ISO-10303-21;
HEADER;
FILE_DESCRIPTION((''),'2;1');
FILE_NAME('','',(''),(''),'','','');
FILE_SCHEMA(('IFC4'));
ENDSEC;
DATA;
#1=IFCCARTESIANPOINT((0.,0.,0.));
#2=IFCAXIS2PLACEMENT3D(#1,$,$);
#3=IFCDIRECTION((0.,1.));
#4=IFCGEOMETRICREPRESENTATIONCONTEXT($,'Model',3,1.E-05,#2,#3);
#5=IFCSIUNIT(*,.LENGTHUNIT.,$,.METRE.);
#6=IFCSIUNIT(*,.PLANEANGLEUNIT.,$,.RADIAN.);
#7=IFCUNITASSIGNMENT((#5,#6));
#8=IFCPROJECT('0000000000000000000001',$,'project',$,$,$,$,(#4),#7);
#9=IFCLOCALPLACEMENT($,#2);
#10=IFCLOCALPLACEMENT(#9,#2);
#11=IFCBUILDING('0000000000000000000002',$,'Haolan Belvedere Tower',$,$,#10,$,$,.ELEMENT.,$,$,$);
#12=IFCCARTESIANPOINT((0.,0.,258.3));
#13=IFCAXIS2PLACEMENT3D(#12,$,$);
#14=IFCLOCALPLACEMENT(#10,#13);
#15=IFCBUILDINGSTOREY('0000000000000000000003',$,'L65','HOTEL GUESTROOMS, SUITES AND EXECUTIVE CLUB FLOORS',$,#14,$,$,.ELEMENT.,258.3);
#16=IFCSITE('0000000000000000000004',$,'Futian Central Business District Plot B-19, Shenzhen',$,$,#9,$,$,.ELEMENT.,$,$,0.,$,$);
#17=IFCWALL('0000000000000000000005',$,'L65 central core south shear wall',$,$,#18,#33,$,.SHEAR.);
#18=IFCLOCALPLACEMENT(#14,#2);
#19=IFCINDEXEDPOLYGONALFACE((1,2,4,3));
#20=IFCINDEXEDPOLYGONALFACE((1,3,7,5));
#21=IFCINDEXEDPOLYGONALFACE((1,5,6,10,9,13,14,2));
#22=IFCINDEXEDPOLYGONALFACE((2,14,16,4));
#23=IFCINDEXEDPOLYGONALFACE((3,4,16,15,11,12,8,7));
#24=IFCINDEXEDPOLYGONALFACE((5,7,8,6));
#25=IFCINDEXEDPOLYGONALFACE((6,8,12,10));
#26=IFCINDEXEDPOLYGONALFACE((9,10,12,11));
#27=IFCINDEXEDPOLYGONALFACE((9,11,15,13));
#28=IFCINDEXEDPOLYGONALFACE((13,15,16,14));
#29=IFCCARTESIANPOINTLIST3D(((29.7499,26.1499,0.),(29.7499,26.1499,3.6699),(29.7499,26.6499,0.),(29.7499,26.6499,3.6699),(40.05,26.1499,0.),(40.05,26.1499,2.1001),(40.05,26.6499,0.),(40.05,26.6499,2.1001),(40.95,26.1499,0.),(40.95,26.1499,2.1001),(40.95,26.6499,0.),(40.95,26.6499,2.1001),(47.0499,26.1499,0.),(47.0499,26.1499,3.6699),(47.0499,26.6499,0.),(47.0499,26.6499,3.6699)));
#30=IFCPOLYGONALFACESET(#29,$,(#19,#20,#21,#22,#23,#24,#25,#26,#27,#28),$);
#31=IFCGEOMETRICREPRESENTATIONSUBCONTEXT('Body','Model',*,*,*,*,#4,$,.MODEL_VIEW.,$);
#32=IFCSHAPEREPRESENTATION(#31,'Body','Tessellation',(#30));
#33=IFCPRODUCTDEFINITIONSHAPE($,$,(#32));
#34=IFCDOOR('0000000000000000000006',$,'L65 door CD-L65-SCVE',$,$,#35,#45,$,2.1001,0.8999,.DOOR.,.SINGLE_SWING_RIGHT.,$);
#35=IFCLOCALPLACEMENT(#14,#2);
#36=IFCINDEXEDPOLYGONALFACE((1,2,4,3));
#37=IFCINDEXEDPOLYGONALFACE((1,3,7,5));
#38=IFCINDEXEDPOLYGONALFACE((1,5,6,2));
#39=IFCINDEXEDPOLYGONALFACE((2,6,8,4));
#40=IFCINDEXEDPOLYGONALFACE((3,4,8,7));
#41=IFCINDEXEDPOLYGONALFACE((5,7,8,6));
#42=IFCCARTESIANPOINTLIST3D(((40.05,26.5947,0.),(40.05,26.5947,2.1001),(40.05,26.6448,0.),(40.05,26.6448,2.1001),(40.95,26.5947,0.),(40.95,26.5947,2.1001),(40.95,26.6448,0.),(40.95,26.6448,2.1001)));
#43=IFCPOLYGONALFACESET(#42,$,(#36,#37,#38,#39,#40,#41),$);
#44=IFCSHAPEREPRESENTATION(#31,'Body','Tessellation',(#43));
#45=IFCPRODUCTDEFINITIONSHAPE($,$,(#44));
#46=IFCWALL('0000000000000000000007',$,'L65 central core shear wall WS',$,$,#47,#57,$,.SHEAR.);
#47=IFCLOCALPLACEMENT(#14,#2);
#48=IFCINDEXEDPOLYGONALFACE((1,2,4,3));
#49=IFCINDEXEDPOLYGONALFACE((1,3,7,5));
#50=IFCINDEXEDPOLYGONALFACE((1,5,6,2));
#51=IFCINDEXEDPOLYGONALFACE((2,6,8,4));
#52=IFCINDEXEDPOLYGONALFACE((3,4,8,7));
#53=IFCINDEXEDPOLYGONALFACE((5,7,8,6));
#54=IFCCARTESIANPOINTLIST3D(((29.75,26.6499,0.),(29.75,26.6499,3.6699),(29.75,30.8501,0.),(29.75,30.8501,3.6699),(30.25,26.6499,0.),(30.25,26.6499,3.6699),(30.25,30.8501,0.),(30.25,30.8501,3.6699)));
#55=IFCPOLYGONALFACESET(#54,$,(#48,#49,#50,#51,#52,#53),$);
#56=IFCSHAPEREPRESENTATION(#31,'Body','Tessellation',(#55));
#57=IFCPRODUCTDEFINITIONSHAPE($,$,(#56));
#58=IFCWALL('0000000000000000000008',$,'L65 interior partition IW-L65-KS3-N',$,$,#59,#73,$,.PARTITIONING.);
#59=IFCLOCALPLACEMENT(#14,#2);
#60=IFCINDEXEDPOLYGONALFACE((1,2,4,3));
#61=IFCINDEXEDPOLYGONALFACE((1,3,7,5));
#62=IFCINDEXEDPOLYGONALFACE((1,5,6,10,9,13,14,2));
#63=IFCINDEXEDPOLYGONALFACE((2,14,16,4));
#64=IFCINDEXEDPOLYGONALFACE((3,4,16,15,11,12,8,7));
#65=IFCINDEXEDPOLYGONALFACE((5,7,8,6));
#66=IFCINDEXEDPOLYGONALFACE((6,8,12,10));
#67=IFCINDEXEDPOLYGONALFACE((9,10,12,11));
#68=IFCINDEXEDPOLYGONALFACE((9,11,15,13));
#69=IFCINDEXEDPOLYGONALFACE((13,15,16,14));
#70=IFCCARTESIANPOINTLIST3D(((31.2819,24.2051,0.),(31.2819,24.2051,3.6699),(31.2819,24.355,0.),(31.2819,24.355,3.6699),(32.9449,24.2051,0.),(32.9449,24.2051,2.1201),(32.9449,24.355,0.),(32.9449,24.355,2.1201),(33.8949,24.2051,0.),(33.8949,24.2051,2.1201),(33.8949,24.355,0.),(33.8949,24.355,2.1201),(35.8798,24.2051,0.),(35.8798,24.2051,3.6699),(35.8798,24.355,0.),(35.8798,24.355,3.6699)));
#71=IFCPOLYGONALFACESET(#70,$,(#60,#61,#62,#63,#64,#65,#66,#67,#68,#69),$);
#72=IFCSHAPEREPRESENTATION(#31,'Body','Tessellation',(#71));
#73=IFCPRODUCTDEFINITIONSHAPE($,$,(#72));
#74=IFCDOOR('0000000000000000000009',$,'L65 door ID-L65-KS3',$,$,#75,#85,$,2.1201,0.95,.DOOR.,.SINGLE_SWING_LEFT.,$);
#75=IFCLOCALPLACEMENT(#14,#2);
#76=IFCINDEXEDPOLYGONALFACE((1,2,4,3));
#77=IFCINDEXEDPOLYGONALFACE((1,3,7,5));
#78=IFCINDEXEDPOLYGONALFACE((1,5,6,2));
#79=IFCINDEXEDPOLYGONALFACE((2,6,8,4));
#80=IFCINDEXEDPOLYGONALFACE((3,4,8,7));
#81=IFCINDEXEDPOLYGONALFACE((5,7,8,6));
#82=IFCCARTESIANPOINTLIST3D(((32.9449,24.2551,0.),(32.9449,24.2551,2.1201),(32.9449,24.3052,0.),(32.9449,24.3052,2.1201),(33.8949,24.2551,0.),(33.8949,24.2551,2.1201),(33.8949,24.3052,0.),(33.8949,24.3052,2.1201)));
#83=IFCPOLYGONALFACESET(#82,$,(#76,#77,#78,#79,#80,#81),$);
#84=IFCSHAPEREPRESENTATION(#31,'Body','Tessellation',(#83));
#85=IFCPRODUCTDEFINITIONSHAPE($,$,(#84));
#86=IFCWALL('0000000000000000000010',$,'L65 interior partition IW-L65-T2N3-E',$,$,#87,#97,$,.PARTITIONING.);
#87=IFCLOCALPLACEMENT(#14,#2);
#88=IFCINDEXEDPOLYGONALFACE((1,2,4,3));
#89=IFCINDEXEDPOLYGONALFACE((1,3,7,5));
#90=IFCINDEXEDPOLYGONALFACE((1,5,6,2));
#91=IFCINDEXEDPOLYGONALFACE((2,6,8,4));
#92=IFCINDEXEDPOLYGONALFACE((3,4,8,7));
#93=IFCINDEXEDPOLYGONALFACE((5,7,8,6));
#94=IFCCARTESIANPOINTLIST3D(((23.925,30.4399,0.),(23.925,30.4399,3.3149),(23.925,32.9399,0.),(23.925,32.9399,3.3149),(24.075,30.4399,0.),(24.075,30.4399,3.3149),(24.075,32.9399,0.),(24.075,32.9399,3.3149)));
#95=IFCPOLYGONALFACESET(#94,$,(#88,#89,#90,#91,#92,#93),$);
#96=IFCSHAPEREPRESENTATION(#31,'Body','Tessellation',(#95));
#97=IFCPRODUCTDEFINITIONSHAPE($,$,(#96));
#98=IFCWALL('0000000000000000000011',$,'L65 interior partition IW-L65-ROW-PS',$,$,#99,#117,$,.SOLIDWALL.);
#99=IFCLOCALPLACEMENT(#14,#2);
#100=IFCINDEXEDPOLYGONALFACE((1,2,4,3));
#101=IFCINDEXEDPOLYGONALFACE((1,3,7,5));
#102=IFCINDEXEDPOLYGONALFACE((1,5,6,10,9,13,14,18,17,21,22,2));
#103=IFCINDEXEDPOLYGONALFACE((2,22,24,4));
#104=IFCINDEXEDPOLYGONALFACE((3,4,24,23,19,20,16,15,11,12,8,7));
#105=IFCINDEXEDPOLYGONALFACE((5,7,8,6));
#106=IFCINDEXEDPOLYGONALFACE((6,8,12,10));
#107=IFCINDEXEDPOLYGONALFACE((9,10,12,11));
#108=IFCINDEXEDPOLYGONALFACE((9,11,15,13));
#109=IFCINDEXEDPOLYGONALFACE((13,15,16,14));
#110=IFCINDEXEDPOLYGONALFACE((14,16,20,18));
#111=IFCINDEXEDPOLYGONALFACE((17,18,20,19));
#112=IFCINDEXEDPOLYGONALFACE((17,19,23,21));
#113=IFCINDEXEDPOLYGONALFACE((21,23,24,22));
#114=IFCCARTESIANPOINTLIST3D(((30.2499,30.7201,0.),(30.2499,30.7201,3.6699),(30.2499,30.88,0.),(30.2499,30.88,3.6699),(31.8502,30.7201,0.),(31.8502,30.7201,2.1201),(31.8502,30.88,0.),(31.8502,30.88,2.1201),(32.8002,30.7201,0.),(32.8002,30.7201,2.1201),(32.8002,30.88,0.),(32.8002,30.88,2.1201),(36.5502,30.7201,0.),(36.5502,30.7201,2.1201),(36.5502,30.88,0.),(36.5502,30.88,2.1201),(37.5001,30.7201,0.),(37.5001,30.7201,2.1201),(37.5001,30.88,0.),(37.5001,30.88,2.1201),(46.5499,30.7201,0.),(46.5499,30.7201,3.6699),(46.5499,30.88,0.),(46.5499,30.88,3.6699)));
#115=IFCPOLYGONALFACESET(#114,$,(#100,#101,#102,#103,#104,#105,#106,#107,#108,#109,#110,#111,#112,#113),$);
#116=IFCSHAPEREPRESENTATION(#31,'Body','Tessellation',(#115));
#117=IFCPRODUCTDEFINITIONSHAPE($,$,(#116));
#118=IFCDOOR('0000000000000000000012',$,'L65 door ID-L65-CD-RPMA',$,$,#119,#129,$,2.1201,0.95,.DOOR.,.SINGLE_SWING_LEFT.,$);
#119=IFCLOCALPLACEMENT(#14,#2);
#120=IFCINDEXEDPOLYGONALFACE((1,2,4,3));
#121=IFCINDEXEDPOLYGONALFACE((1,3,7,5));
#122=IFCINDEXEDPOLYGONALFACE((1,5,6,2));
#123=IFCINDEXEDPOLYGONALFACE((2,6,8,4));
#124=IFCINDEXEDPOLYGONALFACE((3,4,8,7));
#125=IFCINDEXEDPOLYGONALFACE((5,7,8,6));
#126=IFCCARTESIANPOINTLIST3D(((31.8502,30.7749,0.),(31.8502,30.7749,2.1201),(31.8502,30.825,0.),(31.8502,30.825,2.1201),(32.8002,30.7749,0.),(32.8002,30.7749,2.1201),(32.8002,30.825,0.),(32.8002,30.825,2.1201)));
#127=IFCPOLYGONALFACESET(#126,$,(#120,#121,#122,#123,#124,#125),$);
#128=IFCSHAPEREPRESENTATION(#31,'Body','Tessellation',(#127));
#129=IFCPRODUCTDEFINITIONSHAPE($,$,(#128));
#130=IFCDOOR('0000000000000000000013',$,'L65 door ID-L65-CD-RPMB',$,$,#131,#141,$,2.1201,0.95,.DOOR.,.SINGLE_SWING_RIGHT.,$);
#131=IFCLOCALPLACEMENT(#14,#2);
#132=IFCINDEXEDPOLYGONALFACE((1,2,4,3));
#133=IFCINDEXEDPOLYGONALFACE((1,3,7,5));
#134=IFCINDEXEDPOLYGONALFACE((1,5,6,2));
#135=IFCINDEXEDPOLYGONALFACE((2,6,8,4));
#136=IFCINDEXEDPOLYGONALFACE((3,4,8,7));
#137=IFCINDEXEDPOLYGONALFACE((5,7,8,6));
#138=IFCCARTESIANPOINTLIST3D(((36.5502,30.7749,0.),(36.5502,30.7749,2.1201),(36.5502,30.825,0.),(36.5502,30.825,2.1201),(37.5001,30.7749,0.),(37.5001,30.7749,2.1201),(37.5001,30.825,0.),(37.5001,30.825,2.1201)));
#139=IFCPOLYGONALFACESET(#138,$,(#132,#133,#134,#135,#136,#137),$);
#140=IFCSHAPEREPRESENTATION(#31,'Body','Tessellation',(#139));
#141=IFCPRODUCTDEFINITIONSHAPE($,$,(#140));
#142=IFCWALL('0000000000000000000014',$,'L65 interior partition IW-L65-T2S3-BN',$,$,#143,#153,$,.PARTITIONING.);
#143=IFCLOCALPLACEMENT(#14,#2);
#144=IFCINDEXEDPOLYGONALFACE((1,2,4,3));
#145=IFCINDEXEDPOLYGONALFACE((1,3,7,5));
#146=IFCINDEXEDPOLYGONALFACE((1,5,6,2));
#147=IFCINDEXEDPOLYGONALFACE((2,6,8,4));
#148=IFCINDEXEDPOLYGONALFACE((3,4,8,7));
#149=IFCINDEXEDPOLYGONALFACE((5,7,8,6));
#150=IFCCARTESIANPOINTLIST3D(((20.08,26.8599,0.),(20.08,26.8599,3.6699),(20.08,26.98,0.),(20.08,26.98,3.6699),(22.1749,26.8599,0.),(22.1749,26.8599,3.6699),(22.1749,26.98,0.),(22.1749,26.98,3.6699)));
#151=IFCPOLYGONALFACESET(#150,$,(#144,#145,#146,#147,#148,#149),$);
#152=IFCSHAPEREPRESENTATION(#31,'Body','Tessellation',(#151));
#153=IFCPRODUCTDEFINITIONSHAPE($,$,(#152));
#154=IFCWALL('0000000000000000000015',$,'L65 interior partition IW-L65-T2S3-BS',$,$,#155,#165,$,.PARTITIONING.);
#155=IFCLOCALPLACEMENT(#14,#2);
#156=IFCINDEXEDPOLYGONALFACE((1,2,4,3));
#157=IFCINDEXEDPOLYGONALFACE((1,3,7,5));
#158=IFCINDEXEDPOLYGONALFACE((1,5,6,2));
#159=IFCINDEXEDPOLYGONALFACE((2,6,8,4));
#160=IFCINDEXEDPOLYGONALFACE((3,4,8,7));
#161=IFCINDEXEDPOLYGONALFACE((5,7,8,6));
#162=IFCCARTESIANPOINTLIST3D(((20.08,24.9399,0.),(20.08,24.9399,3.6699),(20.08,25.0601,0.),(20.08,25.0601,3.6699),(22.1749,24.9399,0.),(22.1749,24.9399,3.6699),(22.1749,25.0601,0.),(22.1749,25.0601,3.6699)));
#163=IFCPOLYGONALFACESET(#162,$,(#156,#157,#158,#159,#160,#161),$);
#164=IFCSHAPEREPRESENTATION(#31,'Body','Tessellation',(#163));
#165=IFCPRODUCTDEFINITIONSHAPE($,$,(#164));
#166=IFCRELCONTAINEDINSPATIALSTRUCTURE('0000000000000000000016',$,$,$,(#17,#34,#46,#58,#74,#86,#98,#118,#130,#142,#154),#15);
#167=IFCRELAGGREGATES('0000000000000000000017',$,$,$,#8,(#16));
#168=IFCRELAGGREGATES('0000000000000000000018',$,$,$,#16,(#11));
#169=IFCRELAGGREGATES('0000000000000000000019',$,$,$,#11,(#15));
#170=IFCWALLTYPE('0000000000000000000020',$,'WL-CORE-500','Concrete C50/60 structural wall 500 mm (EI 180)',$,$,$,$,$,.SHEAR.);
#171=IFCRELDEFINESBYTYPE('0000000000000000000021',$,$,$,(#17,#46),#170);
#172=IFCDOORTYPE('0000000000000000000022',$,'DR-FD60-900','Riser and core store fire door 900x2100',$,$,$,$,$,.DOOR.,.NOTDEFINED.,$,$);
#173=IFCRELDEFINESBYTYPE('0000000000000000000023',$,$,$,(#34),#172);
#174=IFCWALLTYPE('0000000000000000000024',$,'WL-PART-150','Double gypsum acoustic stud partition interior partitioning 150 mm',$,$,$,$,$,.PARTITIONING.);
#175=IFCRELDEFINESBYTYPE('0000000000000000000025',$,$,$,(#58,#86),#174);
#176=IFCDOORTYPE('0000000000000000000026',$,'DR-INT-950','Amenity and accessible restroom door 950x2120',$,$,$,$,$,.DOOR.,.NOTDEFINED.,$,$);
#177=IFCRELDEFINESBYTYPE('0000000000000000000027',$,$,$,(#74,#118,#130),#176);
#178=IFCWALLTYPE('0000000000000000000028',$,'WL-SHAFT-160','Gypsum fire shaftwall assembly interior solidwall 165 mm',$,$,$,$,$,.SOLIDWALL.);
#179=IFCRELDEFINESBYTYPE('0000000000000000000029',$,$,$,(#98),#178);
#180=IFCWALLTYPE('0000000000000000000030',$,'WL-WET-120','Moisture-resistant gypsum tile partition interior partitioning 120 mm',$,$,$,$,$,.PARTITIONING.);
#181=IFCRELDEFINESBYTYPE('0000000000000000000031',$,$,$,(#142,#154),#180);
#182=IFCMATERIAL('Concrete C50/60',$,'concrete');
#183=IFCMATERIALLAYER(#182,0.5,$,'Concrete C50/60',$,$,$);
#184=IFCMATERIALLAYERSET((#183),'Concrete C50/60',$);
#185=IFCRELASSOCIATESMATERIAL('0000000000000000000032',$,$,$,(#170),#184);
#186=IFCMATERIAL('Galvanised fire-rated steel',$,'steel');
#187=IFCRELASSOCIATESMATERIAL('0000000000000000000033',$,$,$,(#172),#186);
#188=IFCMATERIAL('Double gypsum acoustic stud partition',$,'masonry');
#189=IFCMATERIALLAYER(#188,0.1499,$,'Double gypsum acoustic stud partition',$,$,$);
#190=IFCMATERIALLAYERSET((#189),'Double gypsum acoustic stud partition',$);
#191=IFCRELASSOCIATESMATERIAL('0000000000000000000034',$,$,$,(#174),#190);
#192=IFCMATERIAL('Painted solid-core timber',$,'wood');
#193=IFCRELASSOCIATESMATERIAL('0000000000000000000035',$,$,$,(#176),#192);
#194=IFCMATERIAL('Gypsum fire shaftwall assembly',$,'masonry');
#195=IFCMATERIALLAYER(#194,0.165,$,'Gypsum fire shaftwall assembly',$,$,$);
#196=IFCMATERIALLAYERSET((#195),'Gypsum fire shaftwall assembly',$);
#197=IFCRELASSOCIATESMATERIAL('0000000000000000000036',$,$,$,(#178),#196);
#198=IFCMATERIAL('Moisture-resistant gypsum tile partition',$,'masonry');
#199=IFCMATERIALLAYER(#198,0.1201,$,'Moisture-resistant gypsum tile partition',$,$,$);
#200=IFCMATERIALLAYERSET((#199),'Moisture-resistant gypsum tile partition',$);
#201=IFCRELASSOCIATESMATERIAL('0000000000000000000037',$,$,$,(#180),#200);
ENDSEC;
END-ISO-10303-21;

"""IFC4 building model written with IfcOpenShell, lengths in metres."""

from ifc_helpers import new_model, si_unit, direction, frame, frame_2d, origin, place, context, subcontext, project, spatial, rectangle, extrude, material, layer, layer_set, type_object, element, fill, save


model = new_model("IFC4")

# Units and contexts
model_context = context("Model", 3, precision=1e-05, world=origin(), true_north=direction((0.0, 1.0)))
body_context = subcontext(model_context, "Body", "Model", "MODEL_VIEW")
ifc_project = project(units=[si_unit("LENGTHUNIT", "METRE"), si_unit("PLANEANGLEUNIT", "RADIAN")], contexts=[model_context])

# Site, building, storey
site_placement = place(None, origin())
site = spatial("IfcSite", under=ifc_project, at=site_placement, Name="Futian Central Business District Plot B-19, Shenzhen", CompositionType="ELEMENT", RefElevation=0.0)
building_placement = place(site_placement, origin())
building = spatial("IfcBuilding", under=site, at=building_placement, Name="Haolan Belvedere Tower", CompositionType="ELEMENT")
storey_placement = place(building_placement, frame((0.0, 0.0, 258.3)))
storey = spatial("IfcBuildingStorey", under=building, at=storey_placement, Name="L65", Description="HOTEL GUESTROOMS, SUITES AND EXECUTIVE CLUB FLOORS", CompositionType="ELEMENT", Elevation=258.3)

# Wall, opening, door
ifc_material_1 = material(Name="Concrete C50/60", Category="concrete")
ifc_layer_1 = layer(ifc_material_1, 0.5, Name="Concrete C50/60")
ifc_layer_set_1 = layer_set([ifc_layer_1], Name="Concrete C50/60")
wall_type_1 = type_object("IfcWallType", Name="WL-CORE-500", Description="Concrete C50/60 structural wall 500 mm (EI 180)", PredefinedType="SHEAR", material=ifc_layer_set_1)
wall_1_placement = place(storey_placement, frame((29.75, 26.3999, 0.0), z_axis=(0.0, 0.0, 1.0), x_axis=(1.0, 0.0, 0.0)))
wall_1 = element("IfcWall", 1, at=wall_1_placement, inside=storey, type_object=wall_type_1, Name="L65 central core south shear wall", PredefinedType="SHEAR", context=body_context, shape_type="SweptSolid", body=[
    extrude(rectangle(XDim=17.3, YDim=0.5, at=frame_2d((8.6499, 0.0))), origin(), (0.0, 0.0, 1.0), 3.6699),
])
opening_1_placement = place(wall_1_placement, frame((11.2, 0.0, 0.0), z_axis=(0.0, 0.0, 1.0), x_axis=(-1.0, 0.0, 0.0)))
opening_1 = element("IfcOpeningElement", 2, at=opening_1_placement, cuts=wall_1, PredefinedType="OPENING", context=body_context, shape_type="SweptSolid", body=[
    extrude(rectangle(XDim=0.8999, YDim=2.1001, at=frame_2d((0.45, 1.05))), frame((0.0, 0.26, 0.0), z_axis=(0.0, -1.0, 0.0), x_axis=(1.0, 0.0, 0.0)), (0.0, 0.0, 1.0), 0.52),
])
ifc_material_2 = material(Name="Galvanised fire-rated steel", Category="steel")
door_type_1 = type_object("IfcDoorType", Name="DR-FD60-900", Description="Riser and core store fire door 900x2100", OperationType="NOTDEFINED", PredefinedType="DOOR", material=ifc_material_2)
door_1_placement = place(opening_1_placement, origin())
door_1 = element("IfcDoor", 3, at=door_1_placement, inside=storey, type_object=door_type_1, Name="L65 door CD-L65-SCVE", OperationType="SINGLE_SWING_RIGHT", OverallHeight=2.1001, OverallWidth=0.8999, PredefinedType="DOOR", context=body_context, shape_type="SweptSolid", body=[
    extrude(rectangle(XDim=0.8999, YDim=2.1001, at=frame_2d((0.45, 1.05))), frame((0.0, -0.1948, 0.0), z_axis=(0.0, -1.0, 0.0), x_axis=(1.0, 0.0, 0.0)), (0.0, 0.0, 1.0), 0.05),
])
fill(opening_1, door_1)

# Wall
wall_2_placement = place(storey_placement, frame((30.0, 26.6499, 0.0), z_axis=(0.0, 0.0, 1.0), x_axis=(0.0, 1.0, 0.0)))
element("IfcWall", 4, at=wall_2_placement, inside=storey, type_object=wall_type_1, Name="L65 central core shear wall WS", PredefinedType="SHEAR", context=body_context, shape_type="SweptSolid", body=[
    extrude(rectangle(XDim=4.2002, YDim=0.5, at=frame_2d((2.1001, 0.0))), origin(), (0.0, 0.0, 1.0), 3.6699),
])

# Wall, opening, door
ifc_material_3 = material(Name="Double gypsum acoustic stud partition", Category="masonry")
ifc_layer_2 = layer(ifc_material_3, 0.1499, Name="Double gypsum acoustic stud partition")
ifc_layer_set_2 = layer_set([ifc_layer_2], Name="Double gypsum acoustic stud partition")
wall_type_2 = type_object("IfcWallType", Name="WL-PART-150", Description="Double gypsum acoustic stud partition interior partitioning 150 mm", PredefinedType="PARTITIONING", material=ifc_layer_set_2)
ifc_material_4 = material(Name="Painted solid-core timber", Category="wood")
door_type_2 = type_object("IfcDoorType", Name="DR-INT-950", Description="Amenity and accessible restroom door 950x2120", OperationType="NOTDEFINED", PredefinedType="DOOR", material=ifc_material_4)
wall_3_placement = place(storey_placement, frame((31.282, 24.28, 0.0), z_axis=(0.0, 0.0, 1.0), x_axis=(1.0, 0.0, 0.0)))
wall_3 = element("IfcWall", 5, at=wall_3_placement, inside=storey, type_object=wall_type_2, Name="L65 interior partition IW-L65-KS3-N", PredefinedType="PARTITIONING", context=body_context, shape_type="SweptSolid", body=[
    extrude(rectangle(XDim=4.5979, YDim=0.1499, at=frame_2d((2.2988, 0.0))), origin(), (0.0, 0.0, 1.0), 3.6699),
])
opening_2_placement = place(wall_3_placement, frame((2.613, 0.0, 0.0), z_axis=(0.0, 0.0, 1.0), x_axis=(-1.0, 0.0, 0.0)))
opening_2 = element("IfcOpeningElement", 6, at=opening_2_placement, cuts=wall_3, PredefinedType="OPENING", context=body_context, shape_type="SweptSolid", body=[
    extrude(rectangle(XDim=0.95, YDim=2.1201, at=frame_2d((0.4751, 1.0601))), frame((0.0, 0.085, 0.0), z_axis=(0.0, -1.0, 0.0), x_axis=(1.0, 0.0, 0.0)), (0.0, 0.0, 1.0), 0.1699),
])
door_2_placement = place(opening_2_placement, origin())
door_2 = element("IfcDoor", 7, at=door_2_placement, inside=storey, type_object=door_type_2, Name="L65 door ID-L65-KS3", OperationType="SINGLE_SWING_LEFT", OverallHeight=2.1201, OverallWidth=0.95, PredefinedType="DOOR", context=body_context, shape_type="SweptSolid", body=[
    extrude(rectangle(XDim=0.95, YDim=2.1201, at=frame_2d((0.4751, 1.0601))), frame((0.0, 0.0249, 0.0), z_axis=(0.0, -1.0, 0.0), x_axis=(1.0, 0.0, 0.0)), (0.0, 0.0, 1.0), 0.05),
])
fill(opening_2, door_2)

# Wall
wall_4_placement = place(storey_placement, frame((24.0, 30.4399, 0.0), z_axis=(0.0, 0.0, 1.0), x_axis=(0.0, 1.0, 0.0)))
element("IfcWall", 8, at=wall_4_placement, inside=storey, type_object=wall_type_2, Name="L65 interior partition IW-L65-T2N3-E", PredefinedType="PARTITIONING", context=body_context, shape_type="SweptSolid", body=[
    extrude(rectangle(XDim=2.5, YDim=0.1499, at=frame_2d((1.25, 0.0))), origin(), (0.0, 0.0, 1.0), 3.3149),
])

# Wall, openings, doors
ifc_material_5 = material(Name="Gypsum fire shaftwall assembly", Category="masonry")
ifc_layer_3 = layer(ifc_material_5, 0.165, Name="Gypsum fire shaftwall assembly")
ifc_layer_set_3 = layer_set([ifc_layer_3], Name="Gypsum fire shaftwall assembly")
wall_type_3 = type_object("IfcWallType", Name="WL-SHAFT-160", Description="Gypsum fire shaftwall assembly interior solidwall 165 mm", PredefinedType="SOLIDWALL", material=ifc_layer_set_3)
wall_5_placement = place(storey_placement, frame((30.25, 30.8, 0.0), z_axis=(0.0, 0.0, 1.0), x_axis=(1.0, 0.0, 0.0)))
wall_5 = element("IfcWall", 9, at=wall_5_placement, inside=storey, type_object=wall_type_3, Name="L65 interior partition IW-L65-ROW-PS", PredefinedType="SOLIDWALL", context=body_context, shape_type="SweptSolid", body=[
    extrude(rectangle(XDim=16.3, YDim=0.1599, at=frame_2d((8.1499, 0.0))), origin(), (0.0, 0.0, 1.0), 3.6699),
])
opening_3_placement = place(wall_5_placement, frame((1.6001, 0.0, 0.0)))
opening_3 = element("IfcOpeningElement", 10, at=opening_3_placement, cuts=wall_5, PredefinedType="OPENING", context=body_context, shape_type="SweptSolid", body=[
    extrude(rectangle(XDim=0.95, YDim=2.1201, at=frame_2d((0.4751, 1.0601))), frame((0.0, 0.0898, 0.0), z_axis=(0.0, -1.0, 0.0), x_axis=(1.0, 0.0, 0.0)), (0.0, 0.0, 1.0), 0.1799),
])
opening_4_placement = place(wall_5_placement, frame((6.3, 0.0, 0.0)))
opening_4 = element("IfcOpeningElement", 11, at=opening_4_placement, cuts=wall_5, PredefinedType="OPENING", context=body_context, shape_type="SweptSolid", body=[
    extrude(rectangle(XDim=0.95, YDim=2.1201, at=frame_2d((0.4751, 1.0601))), frame((0.0, 0.0898, 0.0), z_axis=(0.0, -1.0, 0.0), x_axis=(1.0, 0.0, 0.0)), (0.0, 0.0, 1.0), 0.1799),
])
door_3_placement = place(opening_3_placement, origin())
door_3 = element("IfcDoor", 12, at=door_3_placement, inside=storey, type_object=door_type_2, Name="L65 door ID-L65-CD-RPMA", OperationType="SINGLE_SWING_LEFT", OverallHeight=2.1201, OverallWidth=0.95, PredefinedType="DOOR", context=body_context, shape_type="SweptSolid", body=[
    extrude(rectangle(XDim=0.95, YDim=2.1201, at=frame_2d((0.4751, 1.0601))), frame((0.0, 0.0249, 0.0), z_axis=(0.0, -1.0, 0.0), x_axis=(1.0, 0.0, 0.0)), (0.0, 0.0, 1.0), 0.05),
])
fill(opening_3, door_3)
door_4_placement = place(opening_4_placement, origin())
door_4 = element("IfcDoor", 13, at=door_4_placement, inside=storey, type_object=door_type_2, Name="L65 door ID-L65-CD-RPMB", OperationType="SINGLE_SWING_RIGHT", OverallHeight=2.1201, OverallWidth=0.95, PredefinedType="DOOR", context=body_context, shape_type="SweptSolid", body=[
    extrude(rectangle(XDim=0.95, YDim=2.1201, at=frame_2d((0.4751, 1.0601))), frame((0.0, 0.0249, 0.0), z_axis=(0.0, -1.0, 0.0), x_axis=(1.0, 0.0, 0.0)), (0.0, 0.0, 1.0), 0.05),
])
fill(opening_4, door_4)

# Walls
ifc_material_6 = material(Name="Moisture-resistant gypsum tile partition", Category="masonry")
ifc_layer_4 = layer(ifc_material_6, 0.1201, Name="Moisture-resistant gypsum tile partition")
ifc_layer_set_4 = layer_set([ifc_layer_4], Name="Moisture-resistant gypsum tile partition")
wall_type_4 = type_object("IfcWallType", Name="WL-WET-120", Description="Moisture-resistant gypsum tile partition interior partitioning 120 mm", PredefinedType="PARTITIONING", material=ifc_layer_set_4)
for number, where, z_axis, x_axis, name in (
    (14, (20.0801, 26.9199, 0.0), (0.0, 0.0, 1.0), (1.0, 0.0, 0.0), "L65 interior partition IW-L65-T2S3-BN"),
    (15, (20.0801, 25.0, 0.0), (0.0, 0.0, 1.0), (1.0, 0.0, 0.0), "L65 interior partition IW-L65-T2S3-BS"),
):
    element("IfcWall", number, at=place(storey_placement, frame(where, z_axis=z_axis, x_axis=x_axis)), inside=storey, type_object=wall_type_4, Name=name, PredefinedType="PARTITIONING", context=body_context, shape_type="SweptSolid", body=[
        extrude(rectangle(XDim=2.095, YDim=0.1201, at=frame_2d((1.0474, 0.0))), origin(), (0.0, 0.0, 1.0), 3.6699),
    ])

save(model, "model.ifc")
